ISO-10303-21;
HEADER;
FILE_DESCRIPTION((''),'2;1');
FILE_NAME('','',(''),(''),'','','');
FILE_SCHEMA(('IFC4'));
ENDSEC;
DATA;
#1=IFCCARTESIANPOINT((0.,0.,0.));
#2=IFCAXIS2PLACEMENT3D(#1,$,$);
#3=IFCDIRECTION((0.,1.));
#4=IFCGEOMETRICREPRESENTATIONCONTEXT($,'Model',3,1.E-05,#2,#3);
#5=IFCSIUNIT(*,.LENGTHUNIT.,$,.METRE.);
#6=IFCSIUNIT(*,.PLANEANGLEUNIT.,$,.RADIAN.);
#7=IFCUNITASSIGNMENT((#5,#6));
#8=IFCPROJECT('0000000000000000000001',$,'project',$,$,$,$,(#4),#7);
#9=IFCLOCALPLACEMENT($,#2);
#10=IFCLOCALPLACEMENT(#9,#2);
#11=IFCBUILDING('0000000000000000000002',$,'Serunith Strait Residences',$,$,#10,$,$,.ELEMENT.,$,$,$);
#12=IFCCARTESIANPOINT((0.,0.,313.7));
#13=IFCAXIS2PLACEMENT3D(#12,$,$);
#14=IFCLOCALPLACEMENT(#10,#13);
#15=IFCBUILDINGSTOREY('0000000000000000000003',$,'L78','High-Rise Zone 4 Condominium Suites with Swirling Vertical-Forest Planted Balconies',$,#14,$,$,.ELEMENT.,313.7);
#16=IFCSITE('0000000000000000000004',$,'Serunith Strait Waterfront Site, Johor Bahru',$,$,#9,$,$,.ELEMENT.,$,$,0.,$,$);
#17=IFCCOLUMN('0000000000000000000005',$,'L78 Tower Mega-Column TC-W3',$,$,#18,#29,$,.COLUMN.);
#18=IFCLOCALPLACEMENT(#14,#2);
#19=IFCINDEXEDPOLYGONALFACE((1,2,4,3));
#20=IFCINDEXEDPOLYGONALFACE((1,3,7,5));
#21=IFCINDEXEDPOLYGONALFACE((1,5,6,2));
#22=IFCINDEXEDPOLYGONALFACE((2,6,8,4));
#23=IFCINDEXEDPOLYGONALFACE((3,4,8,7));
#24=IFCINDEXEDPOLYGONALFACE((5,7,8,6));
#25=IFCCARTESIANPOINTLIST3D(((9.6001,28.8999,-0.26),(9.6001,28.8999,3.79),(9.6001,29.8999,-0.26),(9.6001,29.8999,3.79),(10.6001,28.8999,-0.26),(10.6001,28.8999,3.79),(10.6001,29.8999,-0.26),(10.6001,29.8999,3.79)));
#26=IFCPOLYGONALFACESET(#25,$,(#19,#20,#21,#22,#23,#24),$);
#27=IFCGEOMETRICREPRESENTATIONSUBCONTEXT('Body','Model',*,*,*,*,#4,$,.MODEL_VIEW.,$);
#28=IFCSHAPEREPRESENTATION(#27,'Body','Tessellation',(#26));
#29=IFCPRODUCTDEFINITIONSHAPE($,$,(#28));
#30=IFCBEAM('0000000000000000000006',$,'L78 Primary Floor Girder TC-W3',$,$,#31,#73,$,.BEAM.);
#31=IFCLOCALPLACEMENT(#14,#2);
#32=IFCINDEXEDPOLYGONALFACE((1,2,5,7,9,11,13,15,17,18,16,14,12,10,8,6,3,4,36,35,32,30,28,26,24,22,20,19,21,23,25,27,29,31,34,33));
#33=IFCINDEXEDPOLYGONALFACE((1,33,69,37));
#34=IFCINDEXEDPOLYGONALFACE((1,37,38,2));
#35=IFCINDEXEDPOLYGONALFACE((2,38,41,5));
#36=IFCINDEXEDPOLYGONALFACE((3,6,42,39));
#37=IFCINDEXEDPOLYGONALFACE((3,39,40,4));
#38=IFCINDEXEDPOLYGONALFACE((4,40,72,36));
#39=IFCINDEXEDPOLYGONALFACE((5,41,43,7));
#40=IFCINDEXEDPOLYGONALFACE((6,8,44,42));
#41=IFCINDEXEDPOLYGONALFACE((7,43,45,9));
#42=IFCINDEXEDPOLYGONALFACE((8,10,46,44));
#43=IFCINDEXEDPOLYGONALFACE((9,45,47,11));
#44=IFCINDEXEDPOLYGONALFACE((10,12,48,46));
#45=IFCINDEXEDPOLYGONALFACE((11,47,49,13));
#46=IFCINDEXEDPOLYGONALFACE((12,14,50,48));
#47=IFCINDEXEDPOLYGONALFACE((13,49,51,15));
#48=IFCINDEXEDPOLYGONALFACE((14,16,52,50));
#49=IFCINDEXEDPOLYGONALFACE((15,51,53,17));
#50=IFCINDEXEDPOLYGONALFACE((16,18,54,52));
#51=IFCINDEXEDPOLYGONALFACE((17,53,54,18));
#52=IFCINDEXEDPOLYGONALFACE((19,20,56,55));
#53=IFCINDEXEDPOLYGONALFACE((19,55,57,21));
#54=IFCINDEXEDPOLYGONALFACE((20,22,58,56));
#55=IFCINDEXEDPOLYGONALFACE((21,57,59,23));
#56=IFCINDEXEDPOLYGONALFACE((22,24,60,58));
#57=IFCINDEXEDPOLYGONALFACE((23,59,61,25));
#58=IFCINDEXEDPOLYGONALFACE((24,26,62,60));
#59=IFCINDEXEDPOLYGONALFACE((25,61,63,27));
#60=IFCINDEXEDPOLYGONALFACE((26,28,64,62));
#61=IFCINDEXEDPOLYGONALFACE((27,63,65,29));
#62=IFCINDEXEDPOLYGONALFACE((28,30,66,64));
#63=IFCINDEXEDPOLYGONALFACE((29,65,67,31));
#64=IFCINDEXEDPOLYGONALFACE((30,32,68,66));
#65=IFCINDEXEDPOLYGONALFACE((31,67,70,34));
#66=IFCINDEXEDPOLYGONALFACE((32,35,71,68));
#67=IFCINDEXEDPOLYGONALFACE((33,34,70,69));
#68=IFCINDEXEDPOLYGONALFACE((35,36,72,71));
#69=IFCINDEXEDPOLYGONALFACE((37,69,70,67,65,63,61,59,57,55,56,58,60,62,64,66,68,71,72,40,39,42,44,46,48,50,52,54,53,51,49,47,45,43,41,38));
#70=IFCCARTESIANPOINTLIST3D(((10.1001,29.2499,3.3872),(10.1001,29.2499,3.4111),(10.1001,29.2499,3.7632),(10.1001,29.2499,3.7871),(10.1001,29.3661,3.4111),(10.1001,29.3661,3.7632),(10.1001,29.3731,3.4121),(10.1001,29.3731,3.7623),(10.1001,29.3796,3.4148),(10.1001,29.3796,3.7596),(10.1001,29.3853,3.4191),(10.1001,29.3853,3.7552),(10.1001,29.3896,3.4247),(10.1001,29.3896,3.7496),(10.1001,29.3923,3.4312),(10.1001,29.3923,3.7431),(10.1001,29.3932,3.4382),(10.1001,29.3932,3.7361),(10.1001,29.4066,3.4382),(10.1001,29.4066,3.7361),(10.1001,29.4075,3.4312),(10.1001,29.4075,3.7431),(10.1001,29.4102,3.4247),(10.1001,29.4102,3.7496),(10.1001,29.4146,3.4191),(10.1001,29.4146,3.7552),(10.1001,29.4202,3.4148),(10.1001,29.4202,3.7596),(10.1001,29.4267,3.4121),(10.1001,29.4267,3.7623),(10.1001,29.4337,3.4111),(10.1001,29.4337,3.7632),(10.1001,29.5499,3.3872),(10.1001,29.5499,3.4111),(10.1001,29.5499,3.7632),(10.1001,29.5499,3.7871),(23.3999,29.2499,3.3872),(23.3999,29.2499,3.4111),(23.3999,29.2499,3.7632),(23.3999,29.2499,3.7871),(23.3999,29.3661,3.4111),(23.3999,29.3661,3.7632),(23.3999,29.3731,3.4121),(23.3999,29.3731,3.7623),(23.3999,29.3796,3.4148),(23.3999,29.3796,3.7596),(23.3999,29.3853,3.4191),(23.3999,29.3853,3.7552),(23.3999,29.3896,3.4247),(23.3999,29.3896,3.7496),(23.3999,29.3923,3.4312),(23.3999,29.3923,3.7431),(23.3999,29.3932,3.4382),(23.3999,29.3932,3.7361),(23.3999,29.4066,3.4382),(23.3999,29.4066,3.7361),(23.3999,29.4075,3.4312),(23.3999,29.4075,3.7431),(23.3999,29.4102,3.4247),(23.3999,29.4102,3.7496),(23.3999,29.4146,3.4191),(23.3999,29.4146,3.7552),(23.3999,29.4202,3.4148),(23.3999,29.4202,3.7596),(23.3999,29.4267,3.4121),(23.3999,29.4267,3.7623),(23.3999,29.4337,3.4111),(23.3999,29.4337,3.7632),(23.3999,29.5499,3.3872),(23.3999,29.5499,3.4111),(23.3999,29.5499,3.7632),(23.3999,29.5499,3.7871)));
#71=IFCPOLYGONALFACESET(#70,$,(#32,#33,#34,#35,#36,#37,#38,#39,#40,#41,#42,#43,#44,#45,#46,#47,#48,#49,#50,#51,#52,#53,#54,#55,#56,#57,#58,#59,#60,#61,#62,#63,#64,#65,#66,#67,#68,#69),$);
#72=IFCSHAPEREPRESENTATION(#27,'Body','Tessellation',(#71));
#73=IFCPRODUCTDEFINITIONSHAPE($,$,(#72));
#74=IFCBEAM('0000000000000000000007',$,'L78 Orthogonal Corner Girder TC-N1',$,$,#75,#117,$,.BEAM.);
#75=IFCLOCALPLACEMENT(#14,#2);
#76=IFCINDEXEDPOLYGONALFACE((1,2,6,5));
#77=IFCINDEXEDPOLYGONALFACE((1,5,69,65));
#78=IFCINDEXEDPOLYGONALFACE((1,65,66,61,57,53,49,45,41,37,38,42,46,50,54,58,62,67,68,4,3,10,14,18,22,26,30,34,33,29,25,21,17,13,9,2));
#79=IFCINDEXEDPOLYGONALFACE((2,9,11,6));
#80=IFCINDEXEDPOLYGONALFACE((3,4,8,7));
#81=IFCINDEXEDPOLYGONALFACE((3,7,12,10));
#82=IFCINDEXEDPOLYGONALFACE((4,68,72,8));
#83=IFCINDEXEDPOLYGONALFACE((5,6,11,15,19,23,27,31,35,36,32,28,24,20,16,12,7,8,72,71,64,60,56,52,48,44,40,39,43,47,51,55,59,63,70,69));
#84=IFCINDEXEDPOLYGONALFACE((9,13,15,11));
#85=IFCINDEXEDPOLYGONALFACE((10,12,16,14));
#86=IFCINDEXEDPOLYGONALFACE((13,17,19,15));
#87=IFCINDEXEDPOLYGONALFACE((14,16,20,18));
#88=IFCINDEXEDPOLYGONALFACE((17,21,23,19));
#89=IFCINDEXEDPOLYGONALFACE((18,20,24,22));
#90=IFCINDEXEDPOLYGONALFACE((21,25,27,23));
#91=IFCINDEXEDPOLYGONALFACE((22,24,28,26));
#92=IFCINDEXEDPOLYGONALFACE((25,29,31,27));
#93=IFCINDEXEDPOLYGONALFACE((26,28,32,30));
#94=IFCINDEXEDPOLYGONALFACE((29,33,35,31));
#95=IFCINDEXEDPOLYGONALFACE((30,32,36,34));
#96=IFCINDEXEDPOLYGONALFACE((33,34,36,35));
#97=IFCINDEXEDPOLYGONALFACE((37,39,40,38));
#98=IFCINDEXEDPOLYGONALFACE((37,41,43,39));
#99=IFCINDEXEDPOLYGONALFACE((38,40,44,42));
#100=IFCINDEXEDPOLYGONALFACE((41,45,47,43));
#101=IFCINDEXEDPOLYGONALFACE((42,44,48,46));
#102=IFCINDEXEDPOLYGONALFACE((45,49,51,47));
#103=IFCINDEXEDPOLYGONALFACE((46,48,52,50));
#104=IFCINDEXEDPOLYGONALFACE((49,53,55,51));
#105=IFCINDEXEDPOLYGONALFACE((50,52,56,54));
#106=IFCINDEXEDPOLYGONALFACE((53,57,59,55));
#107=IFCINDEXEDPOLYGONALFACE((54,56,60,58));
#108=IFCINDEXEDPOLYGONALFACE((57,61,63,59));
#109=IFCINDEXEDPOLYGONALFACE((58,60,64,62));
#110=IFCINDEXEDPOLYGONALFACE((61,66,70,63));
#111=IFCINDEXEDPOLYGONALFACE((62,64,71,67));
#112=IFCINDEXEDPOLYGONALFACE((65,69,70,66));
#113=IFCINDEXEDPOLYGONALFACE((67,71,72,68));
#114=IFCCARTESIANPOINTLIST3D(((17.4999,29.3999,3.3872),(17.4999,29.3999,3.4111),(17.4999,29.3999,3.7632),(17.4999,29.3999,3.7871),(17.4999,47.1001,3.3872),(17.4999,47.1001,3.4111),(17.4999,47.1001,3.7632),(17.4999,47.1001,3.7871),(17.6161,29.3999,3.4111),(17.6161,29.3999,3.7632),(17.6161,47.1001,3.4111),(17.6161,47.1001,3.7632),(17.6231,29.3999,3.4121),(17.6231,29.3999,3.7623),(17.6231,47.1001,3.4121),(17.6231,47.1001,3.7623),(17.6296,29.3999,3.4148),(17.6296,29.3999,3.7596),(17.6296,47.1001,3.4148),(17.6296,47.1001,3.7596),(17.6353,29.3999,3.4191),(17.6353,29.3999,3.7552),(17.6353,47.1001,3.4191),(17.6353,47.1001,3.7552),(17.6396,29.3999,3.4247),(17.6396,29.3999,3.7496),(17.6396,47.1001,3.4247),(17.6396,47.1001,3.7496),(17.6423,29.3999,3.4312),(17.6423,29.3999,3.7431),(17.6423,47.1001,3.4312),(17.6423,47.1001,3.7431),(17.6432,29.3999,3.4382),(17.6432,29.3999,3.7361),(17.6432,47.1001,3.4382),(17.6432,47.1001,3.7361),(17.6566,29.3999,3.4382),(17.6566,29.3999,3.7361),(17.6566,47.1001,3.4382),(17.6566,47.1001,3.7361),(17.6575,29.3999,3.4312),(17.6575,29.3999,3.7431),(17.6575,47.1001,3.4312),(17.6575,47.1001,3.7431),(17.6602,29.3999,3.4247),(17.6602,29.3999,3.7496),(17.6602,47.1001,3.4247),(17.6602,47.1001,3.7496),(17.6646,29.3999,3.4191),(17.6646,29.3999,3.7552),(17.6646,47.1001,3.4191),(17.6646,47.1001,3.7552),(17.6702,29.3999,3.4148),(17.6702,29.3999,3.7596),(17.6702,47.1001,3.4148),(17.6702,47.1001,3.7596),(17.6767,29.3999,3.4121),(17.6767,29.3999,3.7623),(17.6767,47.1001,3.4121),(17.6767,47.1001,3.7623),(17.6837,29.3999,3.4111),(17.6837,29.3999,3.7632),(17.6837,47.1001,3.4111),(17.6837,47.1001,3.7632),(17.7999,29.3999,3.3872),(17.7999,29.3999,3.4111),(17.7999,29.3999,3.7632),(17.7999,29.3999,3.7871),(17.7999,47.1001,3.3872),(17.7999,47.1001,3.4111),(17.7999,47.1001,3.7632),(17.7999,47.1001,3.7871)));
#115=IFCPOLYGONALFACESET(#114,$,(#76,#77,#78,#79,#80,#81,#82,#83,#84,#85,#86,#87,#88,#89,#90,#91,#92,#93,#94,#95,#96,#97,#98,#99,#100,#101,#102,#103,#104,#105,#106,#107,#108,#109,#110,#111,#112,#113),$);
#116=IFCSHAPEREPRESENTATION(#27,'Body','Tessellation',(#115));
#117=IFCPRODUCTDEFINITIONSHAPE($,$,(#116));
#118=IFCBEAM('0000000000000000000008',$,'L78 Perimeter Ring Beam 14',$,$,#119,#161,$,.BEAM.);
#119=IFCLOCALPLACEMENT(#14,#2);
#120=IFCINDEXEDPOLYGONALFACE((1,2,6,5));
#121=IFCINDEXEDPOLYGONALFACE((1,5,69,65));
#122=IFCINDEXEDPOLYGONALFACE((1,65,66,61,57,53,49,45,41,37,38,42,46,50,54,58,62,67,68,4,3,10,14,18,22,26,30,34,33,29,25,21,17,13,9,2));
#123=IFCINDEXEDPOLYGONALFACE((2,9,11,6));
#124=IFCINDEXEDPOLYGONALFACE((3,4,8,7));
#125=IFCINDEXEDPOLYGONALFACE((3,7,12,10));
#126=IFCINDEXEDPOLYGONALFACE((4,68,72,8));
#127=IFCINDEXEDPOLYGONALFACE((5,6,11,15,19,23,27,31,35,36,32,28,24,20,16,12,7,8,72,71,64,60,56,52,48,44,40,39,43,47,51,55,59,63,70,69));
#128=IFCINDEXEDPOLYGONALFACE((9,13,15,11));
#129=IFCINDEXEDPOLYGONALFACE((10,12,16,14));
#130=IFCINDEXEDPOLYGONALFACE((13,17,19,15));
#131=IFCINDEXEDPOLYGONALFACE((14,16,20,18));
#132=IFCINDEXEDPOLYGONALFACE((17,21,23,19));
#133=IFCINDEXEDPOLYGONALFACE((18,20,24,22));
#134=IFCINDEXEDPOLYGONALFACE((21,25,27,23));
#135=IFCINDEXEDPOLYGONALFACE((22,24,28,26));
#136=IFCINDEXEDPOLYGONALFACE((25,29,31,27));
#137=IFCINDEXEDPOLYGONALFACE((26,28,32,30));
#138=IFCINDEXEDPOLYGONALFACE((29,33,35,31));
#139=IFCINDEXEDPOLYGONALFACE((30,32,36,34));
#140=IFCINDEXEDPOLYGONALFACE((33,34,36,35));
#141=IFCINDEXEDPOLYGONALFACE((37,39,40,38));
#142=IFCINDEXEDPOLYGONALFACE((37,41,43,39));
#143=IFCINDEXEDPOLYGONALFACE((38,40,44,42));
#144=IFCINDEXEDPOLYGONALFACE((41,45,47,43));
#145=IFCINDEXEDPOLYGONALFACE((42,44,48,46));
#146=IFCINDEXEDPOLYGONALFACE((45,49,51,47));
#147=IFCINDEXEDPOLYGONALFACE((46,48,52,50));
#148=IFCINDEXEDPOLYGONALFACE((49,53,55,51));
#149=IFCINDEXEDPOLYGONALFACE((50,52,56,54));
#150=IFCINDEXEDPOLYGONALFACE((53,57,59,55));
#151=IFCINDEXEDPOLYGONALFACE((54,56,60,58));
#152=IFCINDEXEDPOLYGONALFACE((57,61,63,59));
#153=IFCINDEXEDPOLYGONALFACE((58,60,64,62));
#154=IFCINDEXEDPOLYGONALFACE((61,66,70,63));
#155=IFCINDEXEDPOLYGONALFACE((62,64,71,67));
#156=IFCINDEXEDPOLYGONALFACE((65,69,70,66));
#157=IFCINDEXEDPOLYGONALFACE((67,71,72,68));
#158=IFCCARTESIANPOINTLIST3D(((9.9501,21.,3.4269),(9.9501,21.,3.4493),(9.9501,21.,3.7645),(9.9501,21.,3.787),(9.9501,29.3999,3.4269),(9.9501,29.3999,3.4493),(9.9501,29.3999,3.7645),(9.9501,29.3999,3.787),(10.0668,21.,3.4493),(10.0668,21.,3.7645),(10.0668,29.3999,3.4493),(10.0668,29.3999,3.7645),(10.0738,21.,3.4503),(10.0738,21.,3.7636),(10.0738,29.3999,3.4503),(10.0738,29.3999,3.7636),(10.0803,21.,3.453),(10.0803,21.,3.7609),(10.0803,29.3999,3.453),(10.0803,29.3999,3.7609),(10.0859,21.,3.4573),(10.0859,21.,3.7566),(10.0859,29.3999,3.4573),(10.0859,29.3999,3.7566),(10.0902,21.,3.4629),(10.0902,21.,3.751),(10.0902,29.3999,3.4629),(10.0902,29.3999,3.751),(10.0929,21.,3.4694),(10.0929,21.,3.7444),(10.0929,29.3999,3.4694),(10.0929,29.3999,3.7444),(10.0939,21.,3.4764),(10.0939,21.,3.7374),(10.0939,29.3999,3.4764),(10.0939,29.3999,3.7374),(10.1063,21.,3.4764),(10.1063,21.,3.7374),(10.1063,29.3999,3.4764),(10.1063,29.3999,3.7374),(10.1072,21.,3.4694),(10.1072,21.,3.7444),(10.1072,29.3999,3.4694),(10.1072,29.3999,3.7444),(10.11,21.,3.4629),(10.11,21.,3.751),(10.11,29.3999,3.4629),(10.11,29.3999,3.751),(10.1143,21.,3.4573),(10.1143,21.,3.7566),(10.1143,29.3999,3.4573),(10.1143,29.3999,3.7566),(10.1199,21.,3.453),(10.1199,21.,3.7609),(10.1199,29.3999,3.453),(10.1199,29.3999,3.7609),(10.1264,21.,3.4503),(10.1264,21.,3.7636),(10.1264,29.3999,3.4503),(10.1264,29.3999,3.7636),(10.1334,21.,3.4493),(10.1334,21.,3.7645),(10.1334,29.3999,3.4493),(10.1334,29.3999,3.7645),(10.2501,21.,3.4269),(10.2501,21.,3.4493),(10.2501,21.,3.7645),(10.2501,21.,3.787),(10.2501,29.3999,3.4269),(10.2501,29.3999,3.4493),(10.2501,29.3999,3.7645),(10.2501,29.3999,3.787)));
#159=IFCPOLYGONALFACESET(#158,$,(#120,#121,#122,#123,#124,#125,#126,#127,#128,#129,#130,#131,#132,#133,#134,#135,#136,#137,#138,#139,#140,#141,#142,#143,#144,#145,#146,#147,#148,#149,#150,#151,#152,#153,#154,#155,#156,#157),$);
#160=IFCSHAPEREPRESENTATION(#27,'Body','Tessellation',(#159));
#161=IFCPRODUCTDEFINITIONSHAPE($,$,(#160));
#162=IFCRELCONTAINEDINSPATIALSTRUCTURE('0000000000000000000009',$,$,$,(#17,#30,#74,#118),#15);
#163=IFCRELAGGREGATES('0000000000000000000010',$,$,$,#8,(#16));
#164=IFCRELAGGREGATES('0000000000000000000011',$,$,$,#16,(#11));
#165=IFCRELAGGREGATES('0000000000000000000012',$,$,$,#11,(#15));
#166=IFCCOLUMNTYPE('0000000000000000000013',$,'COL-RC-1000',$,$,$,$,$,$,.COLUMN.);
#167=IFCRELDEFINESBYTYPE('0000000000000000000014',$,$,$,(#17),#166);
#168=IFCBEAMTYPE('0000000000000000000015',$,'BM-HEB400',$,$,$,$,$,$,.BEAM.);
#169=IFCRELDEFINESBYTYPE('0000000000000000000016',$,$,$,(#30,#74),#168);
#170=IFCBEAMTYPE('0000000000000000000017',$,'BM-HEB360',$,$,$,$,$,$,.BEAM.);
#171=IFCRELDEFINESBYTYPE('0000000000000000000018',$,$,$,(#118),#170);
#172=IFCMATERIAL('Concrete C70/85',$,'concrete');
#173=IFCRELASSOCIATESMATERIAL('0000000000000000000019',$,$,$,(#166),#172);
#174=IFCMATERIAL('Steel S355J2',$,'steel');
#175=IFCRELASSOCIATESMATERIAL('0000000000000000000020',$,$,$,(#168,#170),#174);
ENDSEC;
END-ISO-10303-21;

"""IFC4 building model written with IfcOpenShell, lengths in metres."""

from ifc_helpers import new_model, si_unit, direction, frame, origin, origin_2d, place, context, subcontext, project, spatial, rectangle, i_section, extrude, source, transform, mapped, material, material_profile, profile_set, type_object, element, save


model = new_model("IFC4")

# Units and contexts
model_context = context("Model", 3, precision=1e-05, world=origin(), true_north=direction((0.0, 1.0)))
body_context = subcontext(model_context, "Body", "Model", "MODEL_VIEW")
ifc_project = project(units=[si_unit("LENGTHUNIT", "METRE"), si_unit("PLANEANGLEUNIT", "RADIAN")], contexts=[model_context])

# Site, building, storey
site_placement = place(None, origin())
site = spatial("IfcSite", under=ifc_project, at=site_placement, Name="Serunith Strait Waterfront Site, Johor Bahru", CompositionType="ELEMENT", RefElevation=0.0)
building_placement = place(site_placement, origin())
building = spatial("IfcBuilding", under=site, at=building_placement, Name="Serunith Strait Residences", CompositionType="ELEMENT")
storey_placement = place(building_placement, frame((0.0, 0.0, 313.7)))
storey = spatial("IfcBuildingStorey", under=building, at=storey_placement, Name="L78", Description="High-Rise Zone 4 Condominium Suites with Swirling Vertical-Forest Planted Balconies", CompositionType="ELEMENT", Elevation=313.7)

# Column
ifc_material_1 = material(Name="Concrete C70/85", Category="concrete")
ifc_material_profile_1 = material_profile(ifc_material_1, rectangle(XDim=1.0, YDim=1.0, at=origin_2d()), Name="RC 1000x1000")
ifc_profile_set_1 = profile_set([ifc_material_profile_1], Name="Concrete C70/85")
column_type = type_object("IfcColumnType", Name="COL-RC-1000", PredefinedType="COLUMN", material=ifc_profile_set_1)
shared_shape_1 = source(origin(), body_context, "Body", "SweptSolid", [
    extrude(rectangle(XDim=1.0, YDim=1.0, at=origin_2d()), origin(), (0.0, 0.0, 1.0), 4.05),
])
column_placement = place(storey_placement, frame((10.1001, 29.3999, -0.26), z_axis=(0.0, 0.0, 1.0), x_axis=(1.0, 0.0, 0.0)))
element("IfcColumn", 1, at=column_placement, inside=storey, type_object=column_type, Name="L78 Tower Mega-Column TC-W3", PredefinedType="COLUMN", context=body_context, shape_type="MappedRepresentation", body=[
    mapped(shared_shape_1, transform((0.0, 0.0, 0.0), scale=1.0)),
])

# Beams
ifc_material_2 = material(Name="Steel S355J2", Category="steel")
ifc_material_profile_2 = material_profile(ifc_material_2, i_section(OverallWidth=0.3, OverallDepth=0.3999, WebThickness=0.0134, FlangeThickness=0.0239, FilletRadius=0.0271, at=origin_2d()), Name="HEB 400")
ifc_profile_set_2 = profile_set([ifc_material_profile_2], Name="Steel S355J2")
beam_type_1 = type_object("IfcBeamType", Name="BM-HEB400", PredefinedType="BEAM", material=ifc_profile_set_2)
shared_shape_2 = source(origin(), body_context, "Body", "SweptSolid", [
    extrude(i_section(OverallWidth=0.3, OverallDepth=0.3999, WebThickness=0.0134, FlangeThickness=0.0239, FilletRadius=0.0271, at=origin_2d()), origin(), (0.0, 0.0, 1.0), 13.2998),
])
beam_1_placement = place(storey_placement, frame((23.3999, 29.3999, 3.5872), z_axis=(-1.0, 0.0, 0.0), x_axis=(0.0, -1.0, 0.0)))
element("IfcBeam", 2, at=beam_1_placement, inside=storey, type_object=beam_type_1, Name="L78 Primary Floor Girder TC-W3", PredefinedType="BEAM", context=body_context, shape_type="MappedRepresentation", body=[
    mapped(shared_shape_2, transform((0.0, 0.0, 0.0), scale=1.0)),
])
shared_shape_3 = source(origin(), body_context, "Body", "SweptSolid", [
    extrude(i_section(OverallWidth=0.3, OverallDepth=0.3999, WebThickness=0.0134, FlangeThickness=0.0239, FilletRadius=0.0271, at=origin_2d()), origin(), (0.0, 0.0, 1.0), 17.7002),
])
beam_2_placement = place(storey_placement, frame((17.6499, 29.3999, 3.5872), z_axis=(0.0, 1.0, 0.0), x_axis=(-1.0, 0.0, 0.0)))
element("IfcBeam", 3, at=beam_2_placement, inside=storey, type_object=beam_type_1, Name="L78 Orthogonal Corner Girder TC-N1", PredefinedType="BEAM", context=body_context, shape_type="MappedRepresentation", body=[
    mapped(shared_shape_3, transform((0.0, 0.0, 0.0), scale=1.0)),
])
ifc_material_profile_3 = material_profile(ifc_material_2, i_section(OverallWidth=0.3, OverallDepth=0.3601, WebThickness=0.0125, FlangeThickness=0.0225, FilletRadius=0.0271, at=origin_2d()), Name="HEB 360")
ifc_profile_set_3 = profile_set([ifc_material_profile_3], Name="Steel S355J2")
beam_type_2 = type_object("IfcBeamType", Name="BM-HEB360", PredefinedType="BEAM", material=ifc_profile_set_3)
shared_shape_4 = source(origin(), body_context, "Body", "SweptSolid", [
    extrude(i_section(OverallWidth=0.3, OverallDepth=0.3601, WebThickness=0.0125, FlangeThickness=0.0225, FilletRadius=0.0271, at=origin_2d()), origin(), (0.0, 0.0, 1.0), 8.3999),
])
beam_3_placement = place(storey_placement, frame((10.1001, 29.3999, 3.6069), z_axis=(0.0, -1.0, 0.0), x_axis=(1.0, 0.0, 0.0)))
element("IfcBeam", 4, at=beam_3_placement, inside=storey, type_object=beam_type_2, Name="L78 Perimeter Ring Beam 14", PredefinedType="BEAM", context=body_context, shape_type="MappedRepresentation", body=[
    mapped(shared_shape_4, transform((0.0, 0.0, 0.0), scale=1.0)),
])

save(model, "model.ifc")
